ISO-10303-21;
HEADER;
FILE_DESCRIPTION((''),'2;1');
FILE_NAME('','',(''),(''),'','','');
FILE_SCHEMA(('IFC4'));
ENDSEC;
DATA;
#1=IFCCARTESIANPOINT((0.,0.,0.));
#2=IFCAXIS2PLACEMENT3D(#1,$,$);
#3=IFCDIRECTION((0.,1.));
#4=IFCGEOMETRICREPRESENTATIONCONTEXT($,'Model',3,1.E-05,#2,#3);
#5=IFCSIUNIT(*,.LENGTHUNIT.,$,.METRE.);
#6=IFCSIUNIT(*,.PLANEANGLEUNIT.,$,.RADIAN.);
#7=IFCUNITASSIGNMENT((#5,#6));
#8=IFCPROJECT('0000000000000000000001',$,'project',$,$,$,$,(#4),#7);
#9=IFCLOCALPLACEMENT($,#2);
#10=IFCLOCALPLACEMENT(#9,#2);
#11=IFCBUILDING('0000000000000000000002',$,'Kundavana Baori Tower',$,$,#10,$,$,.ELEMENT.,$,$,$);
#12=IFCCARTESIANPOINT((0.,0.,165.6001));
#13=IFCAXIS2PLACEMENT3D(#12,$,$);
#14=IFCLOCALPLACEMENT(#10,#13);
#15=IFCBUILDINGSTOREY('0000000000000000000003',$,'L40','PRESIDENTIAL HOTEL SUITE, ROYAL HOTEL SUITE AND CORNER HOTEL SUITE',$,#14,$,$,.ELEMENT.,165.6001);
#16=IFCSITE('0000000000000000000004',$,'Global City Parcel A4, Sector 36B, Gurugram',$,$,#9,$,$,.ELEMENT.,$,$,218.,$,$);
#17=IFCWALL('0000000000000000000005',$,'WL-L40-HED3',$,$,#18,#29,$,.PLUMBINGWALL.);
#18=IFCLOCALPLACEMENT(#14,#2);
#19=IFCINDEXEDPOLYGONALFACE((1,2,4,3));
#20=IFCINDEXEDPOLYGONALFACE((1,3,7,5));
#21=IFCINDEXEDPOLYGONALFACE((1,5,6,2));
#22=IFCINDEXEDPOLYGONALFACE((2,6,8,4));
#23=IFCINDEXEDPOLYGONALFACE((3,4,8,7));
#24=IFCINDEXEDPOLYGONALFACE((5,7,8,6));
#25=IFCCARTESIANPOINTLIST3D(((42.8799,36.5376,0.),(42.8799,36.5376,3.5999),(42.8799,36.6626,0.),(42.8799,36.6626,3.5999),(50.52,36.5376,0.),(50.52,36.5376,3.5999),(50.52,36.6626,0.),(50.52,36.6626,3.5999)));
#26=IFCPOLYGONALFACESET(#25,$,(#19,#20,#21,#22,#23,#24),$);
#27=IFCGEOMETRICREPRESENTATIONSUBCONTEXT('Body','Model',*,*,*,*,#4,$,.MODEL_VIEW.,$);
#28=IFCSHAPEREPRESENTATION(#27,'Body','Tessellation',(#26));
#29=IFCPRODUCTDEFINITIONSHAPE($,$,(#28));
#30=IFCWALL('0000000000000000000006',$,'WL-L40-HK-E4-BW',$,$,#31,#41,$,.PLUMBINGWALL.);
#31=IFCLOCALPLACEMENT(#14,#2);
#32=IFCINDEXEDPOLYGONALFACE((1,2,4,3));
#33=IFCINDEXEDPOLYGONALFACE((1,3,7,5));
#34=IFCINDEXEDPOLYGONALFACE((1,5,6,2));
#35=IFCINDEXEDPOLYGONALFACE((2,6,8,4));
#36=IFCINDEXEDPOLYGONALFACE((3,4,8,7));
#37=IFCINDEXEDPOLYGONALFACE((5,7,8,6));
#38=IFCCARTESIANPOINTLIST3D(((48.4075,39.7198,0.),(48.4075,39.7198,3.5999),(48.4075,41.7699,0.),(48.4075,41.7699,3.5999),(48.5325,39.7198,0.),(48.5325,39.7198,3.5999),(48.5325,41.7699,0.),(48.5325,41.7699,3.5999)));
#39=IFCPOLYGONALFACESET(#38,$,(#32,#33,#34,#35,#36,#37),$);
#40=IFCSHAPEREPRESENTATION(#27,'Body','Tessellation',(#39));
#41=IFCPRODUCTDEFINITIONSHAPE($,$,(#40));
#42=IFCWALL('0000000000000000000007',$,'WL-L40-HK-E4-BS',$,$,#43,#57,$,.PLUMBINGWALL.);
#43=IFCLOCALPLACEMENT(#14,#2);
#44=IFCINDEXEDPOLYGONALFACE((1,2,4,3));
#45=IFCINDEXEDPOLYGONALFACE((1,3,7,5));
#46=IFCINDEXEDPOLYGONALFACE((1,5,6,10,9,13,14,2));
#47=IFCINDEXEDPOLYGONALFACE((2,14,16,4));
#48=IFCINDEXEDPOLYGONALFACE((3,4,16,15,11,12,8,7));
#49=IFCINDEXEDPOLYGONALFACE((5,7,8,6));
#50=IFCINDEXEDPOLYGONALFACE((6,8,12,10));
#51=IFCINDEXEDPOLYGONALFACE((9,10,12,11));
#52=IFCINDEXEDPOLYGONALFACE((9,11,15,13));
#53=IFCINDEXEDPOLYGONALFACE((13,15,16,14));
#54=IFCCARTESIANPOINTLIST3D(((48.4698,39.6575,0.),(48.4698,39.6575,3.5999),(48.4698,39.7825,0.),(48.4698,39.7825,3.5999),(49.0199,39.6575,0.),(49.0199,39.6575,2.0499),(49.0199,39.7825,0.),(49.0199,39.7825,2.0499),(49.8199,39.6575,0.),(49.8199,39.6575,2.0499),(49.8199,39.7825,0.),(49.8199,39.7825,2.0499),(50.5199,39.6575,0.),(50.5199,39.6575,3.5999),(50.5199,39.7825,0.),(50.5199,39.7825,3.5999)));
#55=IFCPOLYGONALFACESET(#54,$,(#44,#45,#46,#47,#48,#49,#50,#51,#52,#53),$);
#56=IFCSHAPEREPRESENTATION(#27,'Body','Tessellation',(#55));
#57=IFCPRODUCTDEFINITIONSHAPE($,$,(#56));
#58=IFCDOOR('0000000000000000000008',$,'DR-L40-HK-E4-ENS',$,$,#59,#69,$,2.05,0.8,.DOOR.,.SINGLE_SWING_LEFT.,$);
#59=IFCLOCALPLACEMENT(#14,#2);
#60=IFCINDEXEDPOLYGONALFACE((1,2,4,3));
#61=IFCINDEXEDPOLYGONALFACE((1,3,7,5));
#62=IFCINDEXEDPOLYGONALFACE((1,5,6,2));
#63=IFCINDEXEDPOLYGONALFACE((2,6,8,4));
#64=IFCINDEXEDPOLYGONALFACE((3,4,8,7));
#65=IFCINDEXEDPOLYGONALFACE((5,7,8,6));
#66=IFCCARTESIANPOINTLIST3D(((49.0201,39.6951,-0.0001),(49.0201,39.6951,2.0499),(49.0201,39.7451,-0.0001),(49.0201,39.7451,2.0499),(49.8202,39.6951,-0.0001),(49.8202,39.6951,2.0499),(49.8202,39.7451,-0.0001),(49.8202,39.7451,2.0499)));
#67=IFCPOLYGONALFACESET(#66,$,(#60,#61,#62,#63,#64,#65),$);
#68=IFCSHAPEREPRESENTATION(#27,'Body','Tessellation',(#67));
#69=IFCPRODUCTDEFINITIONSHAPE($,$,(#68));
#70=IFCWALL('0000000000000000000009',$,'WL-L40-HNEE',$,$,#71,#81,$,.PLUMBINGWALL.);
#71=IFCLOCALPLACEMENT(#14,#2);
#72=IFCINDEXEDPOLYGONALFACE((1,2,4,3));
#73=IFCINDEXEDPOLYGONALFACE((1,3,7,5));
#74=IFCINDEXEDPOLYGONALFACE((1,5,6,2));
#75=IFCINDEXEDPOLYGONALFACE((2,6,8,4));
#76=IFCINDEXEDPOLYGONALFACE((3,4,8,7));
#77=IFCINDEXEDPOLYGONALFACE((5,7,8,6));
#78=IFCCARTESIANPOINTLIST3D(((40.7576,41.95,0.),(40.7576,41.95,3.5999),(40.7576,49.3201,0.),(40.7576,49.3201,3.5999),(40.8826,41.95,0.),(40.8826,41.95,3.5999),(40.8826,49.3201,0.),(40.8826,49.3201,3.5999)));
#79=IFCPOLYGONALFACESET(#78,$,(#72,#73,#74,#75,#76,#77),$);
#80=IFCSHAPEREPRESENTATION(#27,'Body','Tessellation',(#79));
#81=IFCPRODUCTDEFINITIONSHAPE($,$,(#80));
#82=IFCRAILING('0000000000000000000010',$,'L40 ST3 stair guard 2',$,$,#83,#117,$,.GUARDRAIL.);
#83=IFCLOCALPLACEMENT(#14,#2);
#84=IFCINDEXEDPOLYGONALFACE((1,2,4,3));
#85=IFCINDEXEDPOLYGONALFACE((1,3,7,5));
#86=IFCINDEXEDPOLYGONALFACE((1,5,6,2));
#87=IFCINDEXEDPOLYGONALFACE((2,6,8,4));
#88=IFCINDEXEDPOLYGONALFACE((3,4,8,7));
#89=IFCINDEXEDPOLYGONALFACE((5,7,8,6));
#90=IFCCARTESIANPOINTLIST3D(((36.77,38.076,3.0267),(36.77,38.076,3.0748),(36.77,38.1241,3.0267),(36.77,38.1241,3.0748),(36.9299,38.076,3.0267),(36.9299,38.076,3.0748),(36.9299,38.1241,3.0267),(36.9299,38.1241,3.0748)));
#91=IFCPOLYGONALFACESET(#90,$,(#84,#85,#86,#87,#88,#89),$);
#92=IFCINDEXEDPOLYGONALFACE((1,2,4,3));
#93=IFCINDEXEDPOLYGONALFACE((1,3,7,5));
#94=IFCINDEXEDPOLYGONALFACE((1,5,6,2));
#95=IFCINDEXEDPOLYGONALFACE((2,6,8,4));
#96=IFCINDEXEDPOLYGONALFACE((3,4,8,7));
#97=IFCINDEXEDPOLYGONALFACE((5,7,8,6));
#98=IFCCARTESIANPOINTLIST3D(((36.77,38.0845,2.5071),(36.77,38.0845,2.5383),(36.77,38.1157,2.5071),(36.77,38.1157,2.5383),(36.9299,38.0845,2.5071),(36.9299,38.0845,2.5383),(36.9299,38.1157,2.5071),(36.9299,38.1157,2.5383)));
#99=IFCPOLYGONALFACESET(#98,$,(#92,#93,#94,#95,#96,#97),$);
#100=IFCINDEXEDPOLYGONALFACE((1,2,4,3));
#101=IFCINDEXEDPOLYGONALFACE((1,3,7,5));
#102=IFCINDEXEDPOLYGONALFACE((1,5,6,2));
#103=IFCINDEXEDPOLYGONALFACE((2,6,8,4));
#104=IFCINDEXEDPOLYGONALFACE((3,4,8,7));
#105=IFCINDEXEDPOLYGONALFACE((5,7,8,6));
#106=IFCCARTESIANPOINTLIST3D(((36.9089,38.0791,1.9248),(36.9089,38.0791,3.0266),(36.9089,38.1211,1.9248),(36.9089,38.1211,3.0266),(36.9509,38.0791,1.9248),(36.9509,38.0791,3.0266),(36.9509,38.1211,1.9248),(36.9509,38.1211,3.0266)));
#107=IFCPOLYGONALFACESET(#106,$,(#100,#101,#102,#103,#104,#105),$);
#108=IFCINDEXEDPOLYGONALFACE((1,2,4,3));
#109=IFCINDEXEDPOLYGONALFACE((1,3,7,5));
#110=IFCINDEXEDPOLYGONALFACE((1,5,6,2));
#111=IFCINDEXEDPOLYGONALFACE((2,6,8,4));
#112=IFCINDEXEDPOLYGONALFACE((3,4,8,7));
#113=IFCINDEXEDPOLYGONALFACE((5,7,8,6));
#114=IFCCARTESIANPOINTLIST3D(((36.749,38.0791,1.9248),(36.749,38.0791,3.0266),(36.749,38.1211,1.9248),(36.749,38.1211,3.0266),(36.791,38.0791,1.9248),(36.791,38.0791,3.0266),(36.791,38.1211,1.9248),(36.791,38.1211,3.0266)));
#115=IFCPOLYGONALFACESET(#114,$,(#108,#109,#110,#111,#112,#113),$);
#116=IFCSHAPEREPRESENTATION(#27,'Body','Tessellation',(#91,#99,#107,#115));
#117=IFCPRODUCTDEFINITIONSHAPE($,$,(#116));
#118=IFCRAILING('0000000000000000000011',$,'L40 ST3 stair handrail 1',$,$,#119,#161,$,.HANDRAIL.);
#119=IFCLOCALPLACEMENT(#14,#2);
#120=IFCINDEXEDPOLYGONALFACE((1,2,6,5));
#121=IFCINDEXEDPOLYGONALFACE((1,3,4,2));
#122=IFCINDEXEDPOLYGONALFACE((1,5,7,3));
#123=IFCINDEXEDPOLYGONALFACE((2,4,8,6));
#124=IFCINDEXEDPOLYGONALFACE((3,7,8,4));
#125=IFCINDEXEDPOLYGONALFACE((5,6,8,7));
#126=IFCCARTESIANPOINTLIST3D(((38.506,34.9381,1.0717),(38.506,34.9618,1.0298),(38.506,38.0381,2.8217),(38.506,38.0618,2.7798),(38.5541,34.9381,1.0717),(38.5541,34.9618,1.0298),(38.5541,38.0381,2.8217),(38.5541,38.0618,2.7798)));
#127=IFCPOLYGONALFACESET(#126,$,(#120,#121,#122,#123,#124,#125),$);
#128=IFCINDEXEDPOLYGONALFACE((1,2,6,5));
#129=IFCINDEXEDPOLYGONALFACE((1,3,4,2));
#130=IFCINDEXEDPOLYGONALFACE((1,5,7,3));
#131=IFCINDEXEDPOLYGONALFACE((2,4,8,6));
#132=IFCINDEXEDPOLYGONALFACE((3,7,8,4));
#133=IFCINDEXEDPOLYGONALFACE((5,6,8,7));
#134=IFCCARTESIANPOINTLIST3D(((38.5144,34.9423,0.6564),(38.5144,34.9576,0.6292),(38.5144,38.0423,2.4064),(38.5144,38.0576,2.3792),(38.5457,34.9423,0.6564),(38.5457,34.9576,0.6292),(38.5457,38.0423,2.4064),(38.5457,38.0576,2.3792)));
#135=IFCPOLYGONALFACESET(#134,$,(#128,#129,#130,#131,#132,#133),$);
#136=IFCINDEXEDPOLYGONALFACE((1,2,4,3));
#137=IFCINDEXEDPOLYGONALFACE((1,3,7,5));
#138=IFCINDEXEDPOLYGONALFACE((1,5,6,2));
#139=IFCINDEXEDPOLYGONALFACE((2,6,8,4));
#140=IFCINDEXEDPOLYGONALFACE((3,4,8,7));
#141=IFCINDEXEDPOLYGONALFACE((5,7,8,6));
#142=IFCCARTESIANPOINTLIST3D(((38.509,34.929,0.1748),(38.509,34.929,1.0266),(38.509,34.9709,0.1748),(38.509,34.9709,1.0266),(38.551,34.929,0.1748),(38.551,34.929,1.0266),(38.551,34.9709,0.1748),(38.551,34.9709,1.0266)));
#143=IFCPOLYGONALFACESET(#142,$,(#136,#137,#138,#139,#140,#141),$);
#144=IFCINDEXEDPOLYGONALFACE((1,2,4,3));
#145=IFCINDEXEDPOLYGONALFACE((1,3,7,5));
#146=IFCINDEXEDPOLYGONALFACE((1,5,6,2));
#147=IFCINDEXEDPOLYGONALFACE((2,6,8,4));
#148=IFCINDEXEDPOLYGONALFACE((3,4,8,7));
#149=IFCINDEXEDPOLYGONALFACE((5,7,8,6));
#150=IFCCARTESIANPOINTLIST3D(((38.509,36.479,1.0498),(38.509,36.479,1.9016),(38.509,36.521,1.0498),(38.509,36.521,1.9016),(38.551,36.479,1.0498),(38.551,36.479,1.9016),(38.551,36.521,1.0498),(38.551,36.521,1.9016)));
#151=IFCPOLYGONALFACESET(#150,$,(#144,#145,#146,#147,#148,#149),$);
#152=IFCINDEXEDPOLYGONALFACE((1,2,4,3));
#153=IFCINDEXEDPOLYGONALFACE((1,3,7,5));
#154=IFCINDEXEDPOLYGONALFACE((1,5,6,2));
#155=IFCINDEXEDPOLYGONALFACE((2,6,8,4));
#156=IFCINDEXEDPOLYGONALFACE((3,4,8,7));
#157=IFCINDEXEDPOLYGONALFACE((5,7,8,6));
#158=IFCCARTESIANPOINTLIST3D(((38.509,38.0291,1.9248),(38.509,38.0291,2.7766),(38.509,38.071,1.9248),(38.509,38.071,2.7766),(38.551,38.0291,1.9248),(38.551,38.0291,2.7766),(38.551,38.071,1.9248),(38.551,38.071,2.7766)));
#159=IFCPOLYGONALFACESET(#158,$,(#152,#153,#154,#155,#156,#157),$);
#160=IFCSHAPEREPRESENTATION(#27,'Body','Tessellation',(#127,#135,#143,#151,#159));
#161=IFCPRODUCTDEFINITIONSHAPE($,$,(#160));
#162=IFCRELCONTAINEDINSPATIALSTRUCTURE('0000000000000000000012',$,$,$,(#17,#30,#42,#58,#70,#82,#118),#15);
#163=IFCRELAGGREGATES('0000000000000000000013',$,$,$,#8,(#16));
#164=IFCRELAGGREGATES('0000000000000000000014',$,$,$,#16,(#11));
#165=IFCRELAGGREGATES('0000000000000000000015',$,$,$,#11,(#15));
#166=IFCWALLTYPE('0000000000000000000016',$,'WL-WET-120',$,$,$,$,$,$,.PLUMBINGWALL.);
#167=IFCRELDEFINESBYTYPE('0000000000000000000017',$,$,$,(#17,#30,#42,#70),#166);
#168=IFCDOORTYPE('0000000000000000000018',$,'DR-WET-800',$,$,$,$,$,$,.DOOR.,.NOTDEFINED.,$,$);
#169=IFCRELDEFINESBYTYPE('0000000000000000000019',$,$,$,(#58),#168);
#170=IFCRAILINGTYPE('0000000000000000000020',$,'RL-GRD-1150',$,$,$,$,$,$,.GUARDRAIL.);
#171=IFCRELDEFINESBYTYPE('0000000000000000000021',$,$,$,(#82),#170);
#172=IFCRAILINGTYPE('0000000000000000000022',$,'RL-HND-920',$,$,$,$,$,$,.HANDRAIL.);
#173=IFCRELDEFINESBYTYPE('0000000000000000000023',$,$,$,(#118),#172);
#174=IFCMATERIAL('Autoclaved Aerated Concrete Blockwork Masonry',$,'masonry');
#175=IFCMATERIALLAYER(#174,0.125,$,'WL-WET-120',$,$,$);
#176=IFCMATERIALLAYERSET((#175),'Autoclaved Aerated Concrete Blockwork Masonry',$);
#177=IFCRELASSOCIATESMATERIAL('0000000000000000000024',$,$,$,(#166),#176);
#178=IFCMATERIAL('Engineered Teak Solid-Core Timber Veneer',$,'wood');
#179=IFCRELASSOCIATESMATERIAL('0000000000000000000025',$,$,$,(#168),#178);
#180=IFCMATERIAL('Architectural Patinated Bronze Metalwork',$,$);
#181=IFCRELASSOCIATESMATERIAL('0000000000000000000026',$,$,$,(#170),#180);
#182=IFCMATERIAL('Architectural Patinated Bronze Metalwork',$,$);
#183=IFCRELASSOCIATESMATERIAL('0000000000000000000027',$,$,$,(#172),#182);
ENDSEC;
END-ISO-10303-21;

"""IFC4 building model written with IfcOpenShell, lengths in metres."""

from ifc_helpers import new_model, si_unit, direction, frame, frame_2d, origin, origin_2d, place, context, subcontext, project, spatial, rectangle, extrude, material, layer, layer_set, type_object, element, fill, save


model = new_model("IFC4")

# Units and contexts
model_context = context("Model", 3, precision=1e-05, world=origin(), true_north=direction((0.0, 1.0)))
body_context = subcontext(model_context, "Body", "Model", "MODEL_VIEW")
ifc_project = project(units=[si_unit("LENGTHUNIT", "METRE"), si_unit("PLANEANGLEUNIT", "RADIAN")], contexts=[model_context])

# Site, building, storey
site_placement = place(None, origin())
site = spatial("IfcSite", under=ifc_project, at=site_placement, Name="Global City Parcel A4, Sector 36B, Gurugram", CompositionType="ELEMENT", RefElevation=218.0)
building_placement = place(site_placement, origin())
building = spatial("IfcBuilding", under=site, at=building_placement, Name="Kundavana Baori Tower", CompositionType="ELEMENT")
storey_placement = place(building_placement, frame((0.0, 0.0, 165.6001)))
storey = spatial("IfcBuildingStorey", under=building, at=storey_placement, Name="L40", Description="PRESIDENTIAL HOTEL SUITE, ROYAL HOTEL SUITE AND CORNER HOTEL SUITE", CompositionType="ELEMENT", Elevation=165.6001)

# Walls
ifc_material_1 = material(Name="Autoclaved Aerated Concrete Blockwork Masonry", Category="masonry")
ifc_layer_1 = layer(ifc_material_1, 0.125, Name="WL-WET-120")
ifc_layer_set_1 = layer_set([ifc_layer_1], Name="Autoclaved Aerated Concrete Blockwork Masonry")
wall_type_1 = type_object("IfcWallType", Name="WL-WET-120", PredefinedType="PLUMBINGWALL", material=ifc_layer_set_1)
wall_1_placement = place(storey_placement, frame((42.8799, 36.6001, 0.0), z_axis=(0.0, 0.0, 1.0), x_axis=(1.0, 0.0, 0.0)))
element("IfcWall", 1, at=wall_1_placement, inside=storey, type_object=wall_type_1, Name="WL-L40-HED3", PredefinedType="PLUMBINGWALL", context=body_context, shape_type="SweptSolid", body=[
    extrude(rectangle(XDim=7.6401, YDim=0.125, at=frame_2d((3.8201, 0.0))), origin(), (0.0, 0.0, 1.0), 3.5999),
])
wall_2_placement = place(storey_placement, frame((48.47, 39.72, 0.0), z_axis=(0.0, 0.0, 1.0), x_axis=(0.0, 1.0, 0.0)))
element("IfcWall", 2, at=wall_2_placement, inside=storey, type_object=wall_type_1, Name="WL-L40-HK-E4-BW", PredefinedType="PLUMBINGWALL", context=body_context, shape_type="SweptSolid", body=[
    extrude(rectangle(XDim=2.05, YDim=0.125, at=frame_2d((1.0249, 0.0))), origin(), (0.0, 0.0, 1.0), 3.5999),
])

# Wall, opening, door
wall_3_placement = place(storey_placement, frame((48.47, 39.72, 0.0), z_axis=(0.0, 0.0, 1.0), x_axis=(1.0, 0.0, 0.0)))
wall_3 = element("IfcWall", 3, at=wall_3_placement, inside=storey, type_object=wall_type_1, Name="WL-L40-HK-E4-BS", PredefinedType="PLUMBINGWALL", context=body_context, shape_type="SweptSolid", body=[
    extrude(rectangle(XDim=2.05, YDim=0.125, at=frame_2d((1.0249, 0.0))), origin(), (0.0, 0.0, 1.0), 3.5999),
])
opening_1_placement = place(wall_3_placement, frame((0.55, 0.0, 0.0)))
opening_1 = element("IfcOpeningElement", 4, at=opening_1_placement, cuts=wall_3, PredefinedType="OPENING", context=body_context, shape_type="SweptSolid", body=[
    extrude(rectangle(XDim=0.8, YDim=2.05, at=frame_2d((0.3999, 1.0249))), frame((0.0, 0.0725, 0.0), z_axis=(0.0, -1.0, 0.0), x_axis=(1.0, 0.0, 0.0)), (0.0, 0.0, 1.0), 0.145),
])
ifc_material_2 = material(Name="Engineered Teak Solid-Core Timber Veneer", Category="wood")
door_type_1 = type_object("IfcDoorType", Name="DR-WET-800", OperationType="NOTDEFINED", PredefinedType="DOOR", material=ifc_material_2)
door_1_placement = place(opening_1_placement, frame((0.8, 0.0, 0.0), z_axis=(0.0, 0.0, 1.0), x_axis=(-1.0, 0.0, 0.0)))
door_1 = element("IfcDoor", 5, at=door_1_placement, inside=storey, type_object=door_type_1, Name="DR-L40-HK-E4-ENS", OperationType="SINGLE_SWING_LEFT", OverallHeight=2.05, OverallWidth=0.8, PredefinedType="DOOR", context=body_context, shape_type="SweptSolid", body=[
    extrude(rectangle(XDim=0.8, YDim=2.05, at=frame_2d((0.3999, 1.0249))), frame((0.0, 0.0249, 0.0), z_axis=(0.0, -1.0, 0.0), x_axis=(1.0, 0.0, 0.0)), (0.0, 0.0, 1.0), 0.05),
])
fill(opening_1, door_1)

# Wall
wall_4_placement = place(storey_placement, frame((40.8201, 41.95, 0.0), z_axis=(0.0, 0.0, 1.0), x_axis=(0.0, 1.0, 0.0)))
element("IfcWall", 6, at=wall_4_placement, inside=storey, type_object=wall_type_1, Name="WL-L40-HNEE", PredefinedType="PLUMBINGWALL", context=body_context, shape_type="SweptSolid", body=[
    extrude(rectangle(XDim=7.3701, YDim=0.125, at=frame_2d((3.6851, 0.0))), origin(), (0.0, 0.0, 1.0), 3.5999),
])

# Railings
ifc_material_3 = material(Name="Architectural Patinated Bronze Metalwork")
railing_type_1 = type_object("IfcRailingType", Name="RL-GRD-1150", PredefinedType="GUARDRAIL", material=ifc_material_3)
railing_1_placement = place(storey_placement, frame((36.9299, 38.1001, 1.9248)))
element("IfcRailing", 7, at=railing_1_placement, inside=storey, type_object=railing_type_1, Name="L40 ST3 stair guard 2", PredefinedType="GUARDRAIL", context=body_context, shape_type="SweptSolid", body=[
    extrude(rectangle(XDim=0.0481, YDim=0.0481, at=origin_2d()), frame((0.0, 0.0, 1.126), z_axis=(-1.0, 0.0, 0.0), x_axis=(0.0, -1.0, 0.0)), (0.0, 0.0, 1.0), 0.1599),
    extrude(rectangle(XDim=0.0312, YDim=0.0312, at=origin_2d()), frame((0.0, 0.0, 0.5979), z_axis=(-1.0, 0.0, 0.0), x_axis=(0.0, -1.0, 0.0)), (0.0, 0.0, 1.0), 0.1599),
    extrude(rectangle(XDim=0.042, YDim=0.042, at=origin_2d()), origin(), (0.0, 0.0, 1.0), 1.1018),
    extrude(rectangle(XDim=0.042, YDim=0.042, at=origin_2d()), frame((-0.1599, 0.0, 0.0)), (0.0, 0.0, 1.0), 1.1018),
])
ifc_material_4 = material(Name="Architectural Patinated Bronze Metalwork")
railing_type_2 = type_object("IfcRailingType", Name="RL-HND-920", PredefinedType="HANDRAIL", material=ifc_material_4)
railing_2_placement = place(storey_placement, frame((38.53, 34.95, 0.1748)))
element("IfcRailing", 8, at=railing_2_placement, inside=storey, type_object=railing_type_2, Name="L40 ST3 stair handrail 1", PredefinedType="HANDRAIL", context=body_context, shape_type="SweptSolid", body=[
    extrude(rectangle(XDim=0.0481, YDim=0.0481, at=origin_2d()), frame((0.0, 0.0, 0.876), z_axis=(0.0, 0.870831, 0.491583), x_axis=(-1.0, 0.0, 0.0)), (0.0, 0.0, 1.0), 3.5598),
    extrude(rectangle(XDim=0.0312, YDim=0.0312, at=origin_2d()), frame((0.0, 0.0, 0.468), z_axis=(0.0, 0.870831, 0.491583), x_axis=(-1.0, 0.0, 0.0)), (0.0, 0.0, 1.0), 3.5598),
    extrude(rectangle(XDim=0.042, YDim=0.042, at=origin_2d()), origin(), (0.0, 0.0, 1.0), 0.8518),
    extrude(rectangle(XDim=0.042, YDim=0.042, at=origin_2d()), frame((0.0, 1.55, 0.875)), (0.0, 0.0, 1.0), 0.8518),
    extrude(rectangle(XDim=0.042, YDim=0.042, at=origin_2d()), frame((0.0, 3.1001, 1.75)), (0.0, 0.0, 1.0), 0.8518),
])

save(model, "model.ifc")
